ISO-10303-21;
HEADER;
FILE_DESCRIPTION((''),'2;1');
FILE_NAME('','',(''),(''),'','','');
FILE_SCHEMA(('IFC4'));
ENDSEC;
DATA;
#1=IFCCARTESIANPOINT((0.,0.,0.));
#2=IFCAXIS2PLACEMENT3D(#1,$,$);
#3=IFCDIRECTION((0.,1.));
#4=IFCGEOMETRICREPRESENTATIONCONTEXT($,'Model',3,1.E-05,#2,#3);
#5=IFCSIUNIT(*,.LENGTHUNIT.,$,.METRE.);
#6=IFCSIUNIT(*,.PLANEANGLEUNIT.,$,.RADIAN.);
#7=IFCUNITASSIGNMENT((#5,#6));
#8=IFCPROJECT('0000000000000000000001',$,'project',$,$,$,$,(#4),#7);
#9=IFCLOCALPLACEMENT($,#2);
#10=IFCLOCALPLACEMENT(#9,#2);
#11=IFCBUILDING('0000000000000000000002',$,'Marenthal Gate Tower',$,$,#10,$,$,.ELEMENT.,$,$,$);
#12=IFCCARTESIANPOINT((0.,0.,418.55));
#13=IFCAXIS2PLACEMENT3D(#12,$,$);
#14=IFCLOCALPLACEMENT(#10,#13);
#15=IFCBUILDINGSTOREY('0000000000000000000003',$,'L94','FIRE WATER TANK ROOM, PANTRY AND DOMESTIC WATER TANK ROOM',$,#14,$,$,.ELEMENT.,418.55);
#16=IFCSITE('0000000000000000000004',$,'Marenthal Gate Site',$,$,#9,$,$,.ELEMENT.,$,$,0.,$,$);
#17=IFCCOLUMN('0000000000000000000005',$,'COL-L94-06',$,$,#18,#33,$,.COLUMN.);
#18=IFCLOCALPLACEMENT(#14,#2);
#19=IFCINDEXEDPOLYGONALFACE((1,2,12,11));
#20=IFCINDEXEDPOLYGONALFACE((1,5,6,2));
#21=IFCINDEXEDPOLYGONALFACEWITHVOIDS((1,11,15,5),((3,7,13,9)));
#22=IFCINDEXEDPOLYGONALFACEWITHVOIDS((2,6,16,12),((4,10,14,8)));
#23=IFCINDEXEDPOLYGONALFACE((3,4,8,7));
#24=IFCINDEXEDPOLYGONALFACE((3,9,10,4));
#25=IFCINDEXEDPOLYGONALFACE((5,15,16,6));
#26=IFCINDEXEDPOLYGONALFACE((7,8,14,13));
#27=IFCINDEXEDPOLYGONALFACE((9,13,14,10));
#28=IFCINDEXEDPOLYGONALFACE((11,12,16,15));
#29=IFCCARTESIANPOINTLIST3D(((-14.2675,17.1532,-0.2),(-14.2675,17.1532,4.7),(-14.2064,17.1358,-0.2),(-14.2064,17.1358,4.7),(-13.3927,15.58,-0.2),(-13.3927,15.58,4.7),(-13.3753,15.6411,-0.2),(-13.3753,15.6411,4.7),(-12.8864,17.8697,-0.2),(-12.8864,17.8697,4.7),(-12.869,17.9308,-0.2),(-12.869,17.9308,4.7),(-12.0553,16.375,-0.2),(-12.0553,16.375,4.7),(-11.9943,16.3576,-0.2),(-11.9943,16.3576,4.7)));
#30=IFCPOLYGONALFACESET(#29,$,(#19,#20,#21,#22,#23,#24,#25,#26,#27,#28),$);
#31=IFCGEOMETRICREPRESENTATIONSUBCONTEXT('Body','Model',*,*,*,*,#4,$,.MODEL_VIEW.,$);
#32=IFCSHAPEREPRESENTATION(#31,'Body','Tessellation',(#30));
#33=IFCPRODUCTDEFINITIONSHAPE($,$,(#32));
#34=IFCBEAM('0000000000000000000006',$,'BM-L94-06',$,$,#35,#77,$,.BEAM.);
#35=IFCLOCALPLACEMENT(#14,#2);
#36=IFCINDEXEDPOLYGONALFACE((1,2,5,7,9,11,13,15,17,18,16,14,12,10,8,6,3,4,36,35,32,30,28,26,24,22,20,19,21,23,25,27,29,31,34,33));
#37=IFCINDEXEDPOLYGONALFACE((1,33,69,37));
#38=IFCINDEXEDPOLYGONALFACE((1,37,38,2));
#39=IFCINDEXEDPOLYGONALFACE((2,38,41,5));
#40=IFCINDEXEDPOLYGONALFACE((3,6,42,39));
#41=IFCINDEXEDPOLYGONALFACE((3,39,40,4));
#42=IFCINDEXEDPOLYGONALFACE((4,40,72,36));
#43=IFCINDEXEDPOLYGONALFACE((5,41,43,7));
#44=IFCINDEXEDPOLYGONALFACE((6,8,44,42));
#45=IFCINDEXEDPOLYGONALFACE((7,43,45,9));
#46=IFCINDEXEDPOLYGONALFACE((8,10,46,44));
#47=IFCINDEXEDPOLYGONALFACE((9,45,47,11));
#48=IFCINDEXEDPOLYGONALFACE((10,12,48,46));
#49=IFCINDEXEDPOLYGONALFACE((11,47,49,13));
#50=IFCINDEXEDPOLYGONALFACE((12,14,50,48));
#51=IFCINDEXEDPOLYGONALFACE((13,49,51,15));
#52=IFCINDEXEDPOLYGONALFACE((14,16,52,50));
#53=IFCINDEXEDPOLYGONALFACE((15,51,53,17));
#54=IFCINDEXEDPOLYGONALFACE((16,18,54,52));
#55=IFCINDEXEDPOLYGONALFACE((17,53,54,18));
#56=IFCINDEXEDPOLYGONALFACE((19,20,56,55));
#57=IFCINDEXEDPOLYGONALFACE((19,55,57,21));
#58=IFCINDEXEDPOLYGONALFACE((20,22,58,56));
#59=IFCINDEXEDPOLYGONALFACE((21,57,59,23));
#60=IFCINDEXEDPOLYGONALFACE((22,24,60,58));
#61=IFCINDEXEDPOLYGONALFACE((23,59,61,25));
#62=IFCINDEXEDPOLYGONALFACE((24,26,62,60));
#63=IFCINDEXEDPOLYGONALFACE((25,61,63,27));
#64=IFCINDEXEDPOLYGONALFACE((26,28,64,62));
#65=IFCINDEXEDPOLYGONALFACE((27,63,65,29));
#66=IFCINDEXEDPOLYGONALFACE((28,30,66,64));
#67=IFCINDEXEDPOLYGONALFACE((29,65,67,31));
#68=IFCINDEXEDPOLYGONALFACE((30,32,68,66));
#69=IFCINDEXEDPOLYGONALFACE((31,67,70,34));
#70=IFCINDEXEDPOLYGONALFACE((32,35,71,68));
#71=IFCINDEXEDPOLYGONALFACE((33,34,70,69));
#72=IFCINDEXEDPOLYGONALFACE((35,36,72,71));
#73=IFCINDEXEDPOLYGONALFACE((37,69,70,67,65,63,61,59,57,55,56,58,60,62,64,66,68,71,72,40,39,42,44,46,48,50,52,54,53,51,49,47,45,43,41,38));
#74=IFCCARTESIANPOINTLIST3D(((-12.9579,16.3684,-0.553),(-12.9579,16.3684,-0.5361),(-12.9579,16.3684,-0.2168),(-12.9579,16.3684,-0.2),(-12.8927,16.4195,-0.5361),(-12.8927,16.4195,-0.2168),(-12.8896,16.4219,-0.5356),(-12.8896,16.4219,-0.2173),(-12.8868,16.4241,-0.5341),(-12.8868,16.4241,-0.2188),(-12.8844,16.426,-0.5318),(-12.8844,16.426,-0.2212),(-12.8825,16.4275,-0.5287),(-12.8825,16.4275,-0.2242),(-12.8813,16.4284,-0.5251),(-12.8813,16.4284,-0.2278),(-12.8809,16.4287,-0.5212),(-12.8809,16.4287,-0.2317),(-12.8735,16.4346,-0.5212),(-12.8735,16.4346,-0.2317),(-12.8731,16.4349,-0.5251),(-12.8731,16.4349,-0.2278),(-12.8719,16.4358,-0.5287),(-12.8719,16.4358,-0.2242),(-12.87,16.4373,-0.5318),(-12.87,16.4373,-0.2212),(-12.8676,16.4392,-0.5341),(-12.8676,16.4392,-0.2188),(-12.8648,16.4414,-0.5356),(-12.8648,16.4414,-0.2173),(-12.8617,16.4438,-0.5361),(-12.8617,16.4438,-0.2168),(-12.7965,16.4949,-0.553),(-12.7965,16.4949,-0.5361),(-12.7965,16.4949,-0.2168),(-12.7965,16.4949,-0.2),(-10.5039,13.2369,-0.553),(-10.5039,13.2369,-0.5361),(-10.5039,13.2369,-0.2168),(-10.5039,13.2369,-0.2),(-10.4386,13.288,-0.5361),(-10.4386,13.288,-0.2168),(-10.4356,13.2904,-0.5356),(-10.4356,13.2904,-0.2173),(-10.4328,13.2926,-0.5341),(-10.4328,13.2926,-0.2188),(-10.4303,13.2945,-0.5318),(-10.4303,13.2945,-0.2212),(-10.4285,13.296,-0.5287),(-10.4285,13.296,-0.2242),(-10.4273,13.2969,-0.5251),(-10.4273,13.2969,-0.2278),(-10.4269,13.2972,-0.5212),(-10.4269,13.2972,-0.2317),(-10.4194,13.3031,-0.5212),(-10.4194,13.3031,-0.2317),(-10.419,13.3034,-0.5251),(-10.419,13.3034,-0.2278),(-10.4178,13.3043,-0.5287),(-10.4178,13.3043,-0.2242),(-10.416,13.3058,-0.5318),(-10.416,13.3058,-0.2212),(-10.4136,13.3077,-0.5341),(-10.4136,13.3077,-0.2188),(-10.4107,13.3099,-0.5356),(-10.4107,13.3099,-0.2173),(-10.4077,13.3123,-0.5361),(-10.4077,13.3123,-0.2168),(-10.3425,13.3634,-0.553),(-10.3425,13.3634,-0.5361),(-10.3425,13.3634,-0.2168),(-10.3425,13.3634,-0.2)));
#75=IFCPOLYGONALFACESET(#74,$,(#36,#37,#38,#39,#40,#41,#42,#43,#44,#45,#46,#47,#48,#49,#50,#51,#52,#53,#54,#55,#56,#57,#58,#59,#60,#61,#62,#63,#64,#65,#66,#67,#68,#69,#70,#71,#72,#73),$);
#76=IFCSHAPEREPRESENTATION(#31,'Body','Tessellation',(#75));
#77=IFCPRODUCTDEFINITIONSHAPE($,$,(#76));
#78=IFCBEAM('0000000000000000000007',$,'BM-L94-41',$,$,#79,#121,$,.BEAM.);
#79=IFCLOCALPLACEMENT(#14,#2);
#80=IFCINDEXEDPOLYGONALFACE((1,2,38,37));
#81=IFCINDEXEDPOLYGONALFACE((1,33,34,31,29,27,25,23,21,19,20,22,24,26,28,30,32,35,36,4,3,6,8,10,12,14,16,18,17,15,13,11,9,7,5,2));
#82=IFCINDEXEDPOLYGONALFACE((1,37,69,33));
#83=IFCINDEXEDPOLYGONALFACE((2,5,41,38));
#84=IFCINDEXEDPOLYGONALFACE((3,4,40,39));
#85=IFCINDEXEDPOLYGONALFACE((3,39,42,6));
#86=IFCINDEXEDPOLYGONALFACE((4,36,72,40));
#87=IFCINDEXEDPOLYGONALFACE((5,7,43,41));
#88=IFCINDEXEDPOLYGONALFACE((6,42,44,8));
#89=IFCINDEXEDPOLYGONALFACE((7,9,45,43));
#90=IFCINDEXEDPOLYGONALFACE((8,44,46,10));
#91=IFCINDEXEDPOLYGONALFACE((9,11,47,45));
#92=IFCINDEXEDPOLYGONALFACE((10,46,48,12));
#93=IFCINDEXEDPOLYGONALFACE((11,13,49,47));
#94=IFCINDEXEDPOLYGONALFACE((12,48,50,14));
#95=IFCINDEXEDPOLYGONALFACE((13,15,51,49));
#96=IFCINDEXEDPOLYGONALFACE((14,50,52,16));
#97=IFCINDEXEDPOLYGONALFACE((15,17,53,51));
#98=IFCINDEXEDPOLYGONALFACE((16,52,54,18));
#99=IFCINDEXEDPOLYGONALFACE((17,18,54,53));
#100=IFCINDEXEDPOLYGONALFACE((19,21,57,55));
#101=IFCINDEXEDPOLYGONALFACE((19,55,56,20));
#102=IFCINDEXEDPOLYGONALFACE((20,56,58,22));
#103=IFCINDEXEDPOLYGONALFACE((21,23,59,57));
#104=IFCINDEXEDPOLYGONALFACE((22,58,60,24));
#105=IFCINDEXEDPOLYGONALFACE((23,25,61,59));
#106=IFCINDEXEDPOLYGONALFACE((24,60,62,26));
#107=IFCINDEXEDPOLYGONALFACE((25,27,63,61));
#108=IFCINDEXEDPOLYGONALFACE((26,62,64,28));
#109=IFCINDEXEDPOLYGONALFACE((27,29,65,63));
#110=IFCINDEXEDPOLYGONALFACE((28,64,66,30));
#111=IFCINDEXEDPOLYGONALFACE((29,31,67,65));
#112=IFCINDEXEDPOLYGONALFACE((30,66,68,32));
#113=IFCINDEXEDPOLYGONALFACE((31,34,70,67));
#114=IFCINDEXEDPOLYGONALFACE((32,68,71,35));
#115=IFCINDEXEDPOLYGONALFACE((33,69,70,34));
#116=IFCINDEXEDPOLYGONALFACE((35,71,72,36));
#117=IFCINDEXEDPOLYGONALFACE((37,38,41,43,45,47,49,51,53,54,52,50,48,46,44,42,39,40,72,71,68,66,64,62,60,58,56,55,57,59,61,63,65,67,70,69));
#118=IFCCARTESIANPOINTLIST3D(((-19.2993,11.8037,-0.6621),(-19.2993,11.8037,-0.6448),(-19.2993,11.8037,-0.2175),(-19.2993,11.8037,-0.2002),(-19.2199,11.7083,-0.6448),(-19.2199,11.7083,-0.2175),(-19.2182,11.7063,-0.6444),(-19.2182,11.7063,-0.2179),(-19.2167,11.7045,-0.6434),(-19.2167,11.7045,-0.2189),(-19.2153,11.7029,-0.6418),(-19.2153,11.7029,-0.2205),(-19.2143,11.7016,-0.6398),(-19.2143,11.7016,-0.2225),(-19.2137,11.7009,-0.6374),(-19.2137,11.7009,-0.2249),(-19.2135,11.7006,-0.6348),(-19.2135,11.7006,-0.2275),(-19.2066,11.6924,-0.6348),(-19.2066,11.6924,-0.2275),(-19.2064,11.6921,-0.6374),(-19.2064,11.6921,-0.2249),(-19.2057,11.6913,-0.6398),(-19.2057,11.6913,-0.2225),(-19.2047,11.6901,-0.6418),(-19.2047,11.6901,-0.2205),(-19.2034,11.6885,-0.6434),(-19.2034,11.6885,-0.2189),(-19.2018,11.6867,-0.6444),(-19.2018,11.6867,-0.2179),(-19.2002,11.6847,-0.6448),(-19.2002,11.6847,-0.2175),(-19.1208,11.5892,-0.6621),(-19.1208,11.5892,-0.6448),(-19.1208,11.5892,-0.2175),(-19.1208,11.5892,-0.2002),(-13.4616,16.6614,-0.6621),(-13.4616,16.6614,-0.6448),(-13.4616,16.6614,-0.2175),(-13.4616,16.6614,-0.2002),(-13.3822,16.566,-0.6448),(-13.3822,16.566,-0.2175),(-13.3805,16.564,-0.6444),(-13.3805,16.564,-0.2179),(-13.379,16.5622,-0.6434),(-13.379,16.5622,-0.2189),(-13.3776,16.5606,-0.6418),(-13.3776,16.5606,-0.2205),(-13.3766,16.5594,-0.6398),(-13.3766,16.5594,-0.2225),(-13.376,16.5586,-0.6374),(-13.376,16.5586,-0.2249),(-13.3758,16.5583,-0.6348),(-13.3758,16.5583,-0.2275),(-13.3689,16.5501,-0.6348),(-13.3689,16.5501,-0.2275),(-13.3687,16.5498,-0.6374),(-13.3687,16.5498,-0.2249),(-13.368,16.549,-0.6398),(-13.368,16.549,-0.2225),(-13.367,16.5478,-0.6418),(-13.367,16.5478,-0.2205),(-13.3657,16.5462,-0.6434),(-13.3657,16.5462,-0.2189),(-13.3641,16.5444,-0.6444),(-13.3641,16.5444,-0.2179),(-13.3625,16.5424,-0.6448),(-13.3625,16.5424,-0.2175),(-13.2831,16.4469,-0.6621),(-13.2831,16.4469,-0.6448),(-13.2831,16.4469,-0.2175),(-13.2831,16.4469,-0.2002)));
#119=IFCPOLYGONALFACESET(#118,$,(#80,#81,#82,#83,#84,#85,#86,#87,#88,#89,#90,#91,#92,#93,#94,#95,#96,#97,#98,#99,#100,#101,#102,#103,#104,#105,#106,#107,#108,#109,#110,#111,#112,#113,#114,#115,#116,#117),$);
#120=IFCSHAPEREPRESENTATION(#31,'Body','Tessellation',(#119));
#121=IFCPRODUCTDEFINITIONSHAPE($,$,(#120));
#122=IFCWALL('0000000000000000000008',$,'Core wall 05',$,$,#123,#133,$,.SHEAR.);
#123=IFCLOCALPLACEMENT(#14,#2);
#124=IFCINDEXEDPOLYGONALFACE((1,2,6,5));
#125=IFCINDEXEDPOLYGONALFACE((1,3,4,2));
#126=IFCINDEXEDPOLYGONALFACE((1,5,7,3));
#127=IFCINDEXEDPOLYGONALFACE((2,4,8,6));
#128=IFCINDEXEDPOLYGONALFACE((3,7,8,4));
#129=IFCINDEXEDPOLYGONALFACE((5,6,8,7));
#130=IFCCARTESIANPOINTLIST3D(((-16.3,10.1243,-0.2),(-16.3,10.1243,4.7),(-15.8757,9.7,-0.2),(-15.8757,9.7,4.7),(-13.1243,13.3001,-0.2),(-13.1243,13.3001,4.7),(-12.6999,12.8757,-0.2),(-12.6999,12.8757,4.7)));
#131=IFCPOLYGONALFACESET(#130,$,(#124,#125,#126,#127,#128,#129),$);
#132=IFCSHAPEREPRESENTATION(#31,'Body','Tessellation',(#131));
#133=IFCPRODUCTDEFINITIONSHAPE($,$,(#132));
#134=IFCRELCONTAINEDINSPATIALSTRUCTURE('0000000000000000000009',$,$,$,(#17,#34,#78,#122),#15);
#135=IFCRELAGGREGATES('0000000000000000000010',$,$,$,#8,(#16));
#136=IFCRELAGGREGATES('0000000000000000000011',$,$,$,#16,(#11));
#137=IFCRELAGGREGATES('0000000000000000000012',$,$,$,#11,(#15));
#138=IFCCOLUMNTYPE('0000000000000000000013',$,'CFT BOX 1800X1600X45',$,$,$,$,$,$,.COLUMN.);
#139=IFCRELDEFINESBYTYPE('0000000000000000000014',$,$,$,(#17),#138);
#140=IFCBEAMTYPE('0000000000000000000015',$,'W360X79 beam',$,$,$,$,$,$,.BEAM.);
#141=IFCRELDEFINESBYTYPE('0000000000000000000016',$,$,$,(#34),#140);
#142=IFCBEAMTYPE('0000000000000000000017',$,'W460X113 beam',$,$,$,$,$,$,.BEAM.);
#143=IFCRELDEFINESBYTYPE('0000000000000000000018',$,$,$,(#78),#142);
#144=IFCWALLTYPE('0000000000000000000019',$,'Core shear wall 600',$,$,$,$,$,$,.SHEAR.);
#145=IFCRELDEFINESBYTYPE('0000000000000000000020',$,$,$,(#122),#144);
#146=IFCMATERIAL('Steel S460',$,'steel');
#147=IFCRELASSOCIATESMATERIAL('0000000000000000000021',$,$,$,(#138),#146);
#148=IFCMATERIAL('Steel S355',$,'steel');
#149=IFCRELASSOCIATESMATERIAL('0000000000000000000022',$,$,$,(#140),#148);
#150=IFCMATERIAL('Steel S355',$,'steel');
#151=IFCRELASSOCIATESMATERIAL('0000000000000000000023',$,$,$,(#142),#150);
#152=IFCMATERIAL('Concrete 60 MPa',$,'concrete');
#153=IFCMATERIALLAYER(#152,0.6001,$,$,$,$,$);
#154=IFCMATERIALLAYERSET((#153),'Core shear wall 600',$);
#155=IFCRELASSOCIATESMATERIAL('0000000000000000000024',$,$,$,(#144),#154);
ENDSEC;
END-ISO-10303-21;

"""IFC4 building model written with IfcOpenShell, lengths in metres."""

from ifc_helpers import new_model, si_unit, direction, frame, frame_2d, origin, origin_2d, place, context, subcontext, project, spatial, rectangle, hollow_rectangle, i_section, extrude, material, layer, layer_set, material_profile, profile_set, type_object, element, save


model = new_model("IFC4")

# Units and contexts
model_context = context("Model", 3, precision=1e-05, world=origin(), true_north=direction((0.0, 1.0)))
body_context = subcontext(model_context, "Body", "Model", "MODEL_VIEW")
ifc_project = project(units=[si_unit("LENGTHUNIT", "METRE"), si_unit("PLANEANGLEUNIT", "RADIAN")], contexts=[model_context])

# Site, building, storey
site_placement = place(None, origin())
site = spatial("IfcSite", under=ifc_project, at=site_placement, Name="Marenthal Gate Site", CompositionType="ELEMENT", RefElevation=0.0)
building_placement = place(site_placement, origin())
building = spatial("IfcBuilding", under=site, at=building_placement, Name="Marenthal Gate Tower", CompositionType="ELEMENT")
storey_placement = place(building_placement, frame((0.0, 0.0, 418.55)))
storey = spatial("IfcBuildingStorey", under=building, at=storey_placement, Name="L94", Description="FIRE WATER TANK ROOM, PANTRY AND DOMESTIC WATER TANK ROOM", CompositionType="ELEMENT", Elevation=418.55)

# Column
ifc_material_1 = material(Name="Steel S460", Category="steel")
ifc_material_profile_1 = material_profile(ifc_material_1, hollow_rectangle(XDim=1.6001, YDim=1.8, WallThickness=0.0449, at=origin_2d()), Name="CFT BOX 1800X1600X45")
ifc_material_2 = material(Name="Concrete 70 MPa", Category="concrete")
ifc_material_profile_2 = material_profile(ifc_material_2, rectangle(XDim=1.51, YDim=1.71, at=origin_2d()), Name="CFT BOX 1800X1600X45 INFILL")
ifc_profile_set_1 = profile_set([ifc_material_profile_1, ifc_material_profile_2], Name="Steel S460 shell, Concrete 70 MPa infill")
column_type = type_object("IfcColumnType", Name="CFT BOX 1800X1600X45", PredefinedType="COLUMN", material=ifc_profile_set_1)
column_placement = place(storey_placement, frame((-13.1309, 16.7554, -0.2), z_axis=(0.0, 0.0, 1.0), x_axis=(0.87398, 0.485962, 0.0)))
element("IfcColumn", 1, at=column_placement, inside=storey, type_object=column_type, Name="COL-L94-06", PredefinedType="COLUMN", context=body_context, shape_type="SweptSolid", body=[
    extrude(hollow_rectangle(XDim=1.6001, YDim=1.8, WallThickness=0.0449, at=origin_2d()), origin(), (0.0, 0.0, 1.0), 4.8999),
])

# Beams
ifc_material_3 = material(Name="Steel S355", Category="steel")
ifc_material_profile_3 = material_profile(ifc_material_3, i_section(OverallWidth=0.2051, OverallDepth=0.353, WebThickness=0.0095, FlangeThickness=0.0168, FilletRadius=0.0149, at=origin_2d()), Name="W360X79")
ifc_profile_set_2 = profile_set([ifc_material_profile_3], Name="Steel S355")
beam_type_1 = type_object("IfcBeamType", Name="W360X79 beam", PredefinedType="BEAM", material=ifc_profile_set_2)
beam_1_placement = place(storey_placement, frame((-12.8772, 16.4316, -0.3765), z_axis=(0.616821, -0.787103, 0.0), x_axis=(0.787103, 0.616821, 0.0)))
element("IfcBeam", 2, at=beam_1_placement, inside=storey, type_object=beam_type_1, Name="BM-L94-06", PredefinedType="BEAM", context=body_context, shape_type="SweptSolid", body=[
    extrude(i_section(OverallWidth=0.2051, OverallDepth=0.353, WebThickness=0.0095, FlangeThickness=0.0168, FilletRadius=0.0149, at=origin_2d()), origin(), (0.0, 0.0, 1.0), 3.9785),
])
ifc_material_4 = material(Name="Steel S355", Category="steel")
ifc_material_profile_4 = material_profile(ifc_material_4, i_section(OverallWidth=0.2791, OverallDepth=0.4619, WebThickness=0.0107, FlangeThickness=0.0173, FilletRadius=0.01, at=origin_2d()), Name="W460X113")
ifc_profile_set_3 = profile_set([ifc_material_profile_4], Name="Steel S355")
beam_type_2 = type_object("IfcBeamType", Name="W460X113 beam", PredefinedType="BEAM", material=ifc_profile_set_3)
beam_2_placement = place(storey_placement, frame((-13.3723, 16.5542, -0.4312), z_axis=(-0.768677, -0.639637, 0.0), x_axis=(0.639637, -0.768677, 0.0)))
element("IfcBeam", 3, at=beam_2_placement, inside=storey, type_object=beam_type_2, Name="BM-L94-41", PredefinedType="BEAM", context=body_context, shape_type="SweptSolid", body=[
    extrude(i_section(OverallWidth=0.2791, OverallDepth=0.4619, WebThickness=0.0107, FlangeThickness=0.0173, FilletRadius=0.01, at=origin_2d()), origin(), (0.0, 0.0, 1.0), 7.5945),
])

# Wall
ifc_material_5 = material(Name="Concrete 60 MPa", Category="concrete")
ifc_layer_1 = layer(ifc_material_5, 0.6001)
ifc_layer_set_1 = layer_set([ifc_layer_1], Name="Core shear wall 600")
wall_type_1 = type_object("IfcWallType", Name="Core shear wall 600", PredefinedType="SHEAR", material=ifc_layer_set_1)
wall_1_placement = place(storey_placement, frame((-12.9121, 13.0879, -0.2), z_axis=(0.0, 0.0, 1.0), x_axis=(-0.707107, -0.707107, 0.0)))
element("IfcWall", 4, at=wall_1_placement, inside=storey, type_object=wall_type_1, Name="Core wall 05", PredefinedType="SHEAR", context=body_context, shape_type="SweptSolid", body=[
    extrude(rectangle(XDim=4.4912, YDim=0.6001, at=frame_2d((2.2456, 0.0))), origin(), (0.0, 0.0, 1.0), 4.8999),
])

save(model, "model.ifc")
